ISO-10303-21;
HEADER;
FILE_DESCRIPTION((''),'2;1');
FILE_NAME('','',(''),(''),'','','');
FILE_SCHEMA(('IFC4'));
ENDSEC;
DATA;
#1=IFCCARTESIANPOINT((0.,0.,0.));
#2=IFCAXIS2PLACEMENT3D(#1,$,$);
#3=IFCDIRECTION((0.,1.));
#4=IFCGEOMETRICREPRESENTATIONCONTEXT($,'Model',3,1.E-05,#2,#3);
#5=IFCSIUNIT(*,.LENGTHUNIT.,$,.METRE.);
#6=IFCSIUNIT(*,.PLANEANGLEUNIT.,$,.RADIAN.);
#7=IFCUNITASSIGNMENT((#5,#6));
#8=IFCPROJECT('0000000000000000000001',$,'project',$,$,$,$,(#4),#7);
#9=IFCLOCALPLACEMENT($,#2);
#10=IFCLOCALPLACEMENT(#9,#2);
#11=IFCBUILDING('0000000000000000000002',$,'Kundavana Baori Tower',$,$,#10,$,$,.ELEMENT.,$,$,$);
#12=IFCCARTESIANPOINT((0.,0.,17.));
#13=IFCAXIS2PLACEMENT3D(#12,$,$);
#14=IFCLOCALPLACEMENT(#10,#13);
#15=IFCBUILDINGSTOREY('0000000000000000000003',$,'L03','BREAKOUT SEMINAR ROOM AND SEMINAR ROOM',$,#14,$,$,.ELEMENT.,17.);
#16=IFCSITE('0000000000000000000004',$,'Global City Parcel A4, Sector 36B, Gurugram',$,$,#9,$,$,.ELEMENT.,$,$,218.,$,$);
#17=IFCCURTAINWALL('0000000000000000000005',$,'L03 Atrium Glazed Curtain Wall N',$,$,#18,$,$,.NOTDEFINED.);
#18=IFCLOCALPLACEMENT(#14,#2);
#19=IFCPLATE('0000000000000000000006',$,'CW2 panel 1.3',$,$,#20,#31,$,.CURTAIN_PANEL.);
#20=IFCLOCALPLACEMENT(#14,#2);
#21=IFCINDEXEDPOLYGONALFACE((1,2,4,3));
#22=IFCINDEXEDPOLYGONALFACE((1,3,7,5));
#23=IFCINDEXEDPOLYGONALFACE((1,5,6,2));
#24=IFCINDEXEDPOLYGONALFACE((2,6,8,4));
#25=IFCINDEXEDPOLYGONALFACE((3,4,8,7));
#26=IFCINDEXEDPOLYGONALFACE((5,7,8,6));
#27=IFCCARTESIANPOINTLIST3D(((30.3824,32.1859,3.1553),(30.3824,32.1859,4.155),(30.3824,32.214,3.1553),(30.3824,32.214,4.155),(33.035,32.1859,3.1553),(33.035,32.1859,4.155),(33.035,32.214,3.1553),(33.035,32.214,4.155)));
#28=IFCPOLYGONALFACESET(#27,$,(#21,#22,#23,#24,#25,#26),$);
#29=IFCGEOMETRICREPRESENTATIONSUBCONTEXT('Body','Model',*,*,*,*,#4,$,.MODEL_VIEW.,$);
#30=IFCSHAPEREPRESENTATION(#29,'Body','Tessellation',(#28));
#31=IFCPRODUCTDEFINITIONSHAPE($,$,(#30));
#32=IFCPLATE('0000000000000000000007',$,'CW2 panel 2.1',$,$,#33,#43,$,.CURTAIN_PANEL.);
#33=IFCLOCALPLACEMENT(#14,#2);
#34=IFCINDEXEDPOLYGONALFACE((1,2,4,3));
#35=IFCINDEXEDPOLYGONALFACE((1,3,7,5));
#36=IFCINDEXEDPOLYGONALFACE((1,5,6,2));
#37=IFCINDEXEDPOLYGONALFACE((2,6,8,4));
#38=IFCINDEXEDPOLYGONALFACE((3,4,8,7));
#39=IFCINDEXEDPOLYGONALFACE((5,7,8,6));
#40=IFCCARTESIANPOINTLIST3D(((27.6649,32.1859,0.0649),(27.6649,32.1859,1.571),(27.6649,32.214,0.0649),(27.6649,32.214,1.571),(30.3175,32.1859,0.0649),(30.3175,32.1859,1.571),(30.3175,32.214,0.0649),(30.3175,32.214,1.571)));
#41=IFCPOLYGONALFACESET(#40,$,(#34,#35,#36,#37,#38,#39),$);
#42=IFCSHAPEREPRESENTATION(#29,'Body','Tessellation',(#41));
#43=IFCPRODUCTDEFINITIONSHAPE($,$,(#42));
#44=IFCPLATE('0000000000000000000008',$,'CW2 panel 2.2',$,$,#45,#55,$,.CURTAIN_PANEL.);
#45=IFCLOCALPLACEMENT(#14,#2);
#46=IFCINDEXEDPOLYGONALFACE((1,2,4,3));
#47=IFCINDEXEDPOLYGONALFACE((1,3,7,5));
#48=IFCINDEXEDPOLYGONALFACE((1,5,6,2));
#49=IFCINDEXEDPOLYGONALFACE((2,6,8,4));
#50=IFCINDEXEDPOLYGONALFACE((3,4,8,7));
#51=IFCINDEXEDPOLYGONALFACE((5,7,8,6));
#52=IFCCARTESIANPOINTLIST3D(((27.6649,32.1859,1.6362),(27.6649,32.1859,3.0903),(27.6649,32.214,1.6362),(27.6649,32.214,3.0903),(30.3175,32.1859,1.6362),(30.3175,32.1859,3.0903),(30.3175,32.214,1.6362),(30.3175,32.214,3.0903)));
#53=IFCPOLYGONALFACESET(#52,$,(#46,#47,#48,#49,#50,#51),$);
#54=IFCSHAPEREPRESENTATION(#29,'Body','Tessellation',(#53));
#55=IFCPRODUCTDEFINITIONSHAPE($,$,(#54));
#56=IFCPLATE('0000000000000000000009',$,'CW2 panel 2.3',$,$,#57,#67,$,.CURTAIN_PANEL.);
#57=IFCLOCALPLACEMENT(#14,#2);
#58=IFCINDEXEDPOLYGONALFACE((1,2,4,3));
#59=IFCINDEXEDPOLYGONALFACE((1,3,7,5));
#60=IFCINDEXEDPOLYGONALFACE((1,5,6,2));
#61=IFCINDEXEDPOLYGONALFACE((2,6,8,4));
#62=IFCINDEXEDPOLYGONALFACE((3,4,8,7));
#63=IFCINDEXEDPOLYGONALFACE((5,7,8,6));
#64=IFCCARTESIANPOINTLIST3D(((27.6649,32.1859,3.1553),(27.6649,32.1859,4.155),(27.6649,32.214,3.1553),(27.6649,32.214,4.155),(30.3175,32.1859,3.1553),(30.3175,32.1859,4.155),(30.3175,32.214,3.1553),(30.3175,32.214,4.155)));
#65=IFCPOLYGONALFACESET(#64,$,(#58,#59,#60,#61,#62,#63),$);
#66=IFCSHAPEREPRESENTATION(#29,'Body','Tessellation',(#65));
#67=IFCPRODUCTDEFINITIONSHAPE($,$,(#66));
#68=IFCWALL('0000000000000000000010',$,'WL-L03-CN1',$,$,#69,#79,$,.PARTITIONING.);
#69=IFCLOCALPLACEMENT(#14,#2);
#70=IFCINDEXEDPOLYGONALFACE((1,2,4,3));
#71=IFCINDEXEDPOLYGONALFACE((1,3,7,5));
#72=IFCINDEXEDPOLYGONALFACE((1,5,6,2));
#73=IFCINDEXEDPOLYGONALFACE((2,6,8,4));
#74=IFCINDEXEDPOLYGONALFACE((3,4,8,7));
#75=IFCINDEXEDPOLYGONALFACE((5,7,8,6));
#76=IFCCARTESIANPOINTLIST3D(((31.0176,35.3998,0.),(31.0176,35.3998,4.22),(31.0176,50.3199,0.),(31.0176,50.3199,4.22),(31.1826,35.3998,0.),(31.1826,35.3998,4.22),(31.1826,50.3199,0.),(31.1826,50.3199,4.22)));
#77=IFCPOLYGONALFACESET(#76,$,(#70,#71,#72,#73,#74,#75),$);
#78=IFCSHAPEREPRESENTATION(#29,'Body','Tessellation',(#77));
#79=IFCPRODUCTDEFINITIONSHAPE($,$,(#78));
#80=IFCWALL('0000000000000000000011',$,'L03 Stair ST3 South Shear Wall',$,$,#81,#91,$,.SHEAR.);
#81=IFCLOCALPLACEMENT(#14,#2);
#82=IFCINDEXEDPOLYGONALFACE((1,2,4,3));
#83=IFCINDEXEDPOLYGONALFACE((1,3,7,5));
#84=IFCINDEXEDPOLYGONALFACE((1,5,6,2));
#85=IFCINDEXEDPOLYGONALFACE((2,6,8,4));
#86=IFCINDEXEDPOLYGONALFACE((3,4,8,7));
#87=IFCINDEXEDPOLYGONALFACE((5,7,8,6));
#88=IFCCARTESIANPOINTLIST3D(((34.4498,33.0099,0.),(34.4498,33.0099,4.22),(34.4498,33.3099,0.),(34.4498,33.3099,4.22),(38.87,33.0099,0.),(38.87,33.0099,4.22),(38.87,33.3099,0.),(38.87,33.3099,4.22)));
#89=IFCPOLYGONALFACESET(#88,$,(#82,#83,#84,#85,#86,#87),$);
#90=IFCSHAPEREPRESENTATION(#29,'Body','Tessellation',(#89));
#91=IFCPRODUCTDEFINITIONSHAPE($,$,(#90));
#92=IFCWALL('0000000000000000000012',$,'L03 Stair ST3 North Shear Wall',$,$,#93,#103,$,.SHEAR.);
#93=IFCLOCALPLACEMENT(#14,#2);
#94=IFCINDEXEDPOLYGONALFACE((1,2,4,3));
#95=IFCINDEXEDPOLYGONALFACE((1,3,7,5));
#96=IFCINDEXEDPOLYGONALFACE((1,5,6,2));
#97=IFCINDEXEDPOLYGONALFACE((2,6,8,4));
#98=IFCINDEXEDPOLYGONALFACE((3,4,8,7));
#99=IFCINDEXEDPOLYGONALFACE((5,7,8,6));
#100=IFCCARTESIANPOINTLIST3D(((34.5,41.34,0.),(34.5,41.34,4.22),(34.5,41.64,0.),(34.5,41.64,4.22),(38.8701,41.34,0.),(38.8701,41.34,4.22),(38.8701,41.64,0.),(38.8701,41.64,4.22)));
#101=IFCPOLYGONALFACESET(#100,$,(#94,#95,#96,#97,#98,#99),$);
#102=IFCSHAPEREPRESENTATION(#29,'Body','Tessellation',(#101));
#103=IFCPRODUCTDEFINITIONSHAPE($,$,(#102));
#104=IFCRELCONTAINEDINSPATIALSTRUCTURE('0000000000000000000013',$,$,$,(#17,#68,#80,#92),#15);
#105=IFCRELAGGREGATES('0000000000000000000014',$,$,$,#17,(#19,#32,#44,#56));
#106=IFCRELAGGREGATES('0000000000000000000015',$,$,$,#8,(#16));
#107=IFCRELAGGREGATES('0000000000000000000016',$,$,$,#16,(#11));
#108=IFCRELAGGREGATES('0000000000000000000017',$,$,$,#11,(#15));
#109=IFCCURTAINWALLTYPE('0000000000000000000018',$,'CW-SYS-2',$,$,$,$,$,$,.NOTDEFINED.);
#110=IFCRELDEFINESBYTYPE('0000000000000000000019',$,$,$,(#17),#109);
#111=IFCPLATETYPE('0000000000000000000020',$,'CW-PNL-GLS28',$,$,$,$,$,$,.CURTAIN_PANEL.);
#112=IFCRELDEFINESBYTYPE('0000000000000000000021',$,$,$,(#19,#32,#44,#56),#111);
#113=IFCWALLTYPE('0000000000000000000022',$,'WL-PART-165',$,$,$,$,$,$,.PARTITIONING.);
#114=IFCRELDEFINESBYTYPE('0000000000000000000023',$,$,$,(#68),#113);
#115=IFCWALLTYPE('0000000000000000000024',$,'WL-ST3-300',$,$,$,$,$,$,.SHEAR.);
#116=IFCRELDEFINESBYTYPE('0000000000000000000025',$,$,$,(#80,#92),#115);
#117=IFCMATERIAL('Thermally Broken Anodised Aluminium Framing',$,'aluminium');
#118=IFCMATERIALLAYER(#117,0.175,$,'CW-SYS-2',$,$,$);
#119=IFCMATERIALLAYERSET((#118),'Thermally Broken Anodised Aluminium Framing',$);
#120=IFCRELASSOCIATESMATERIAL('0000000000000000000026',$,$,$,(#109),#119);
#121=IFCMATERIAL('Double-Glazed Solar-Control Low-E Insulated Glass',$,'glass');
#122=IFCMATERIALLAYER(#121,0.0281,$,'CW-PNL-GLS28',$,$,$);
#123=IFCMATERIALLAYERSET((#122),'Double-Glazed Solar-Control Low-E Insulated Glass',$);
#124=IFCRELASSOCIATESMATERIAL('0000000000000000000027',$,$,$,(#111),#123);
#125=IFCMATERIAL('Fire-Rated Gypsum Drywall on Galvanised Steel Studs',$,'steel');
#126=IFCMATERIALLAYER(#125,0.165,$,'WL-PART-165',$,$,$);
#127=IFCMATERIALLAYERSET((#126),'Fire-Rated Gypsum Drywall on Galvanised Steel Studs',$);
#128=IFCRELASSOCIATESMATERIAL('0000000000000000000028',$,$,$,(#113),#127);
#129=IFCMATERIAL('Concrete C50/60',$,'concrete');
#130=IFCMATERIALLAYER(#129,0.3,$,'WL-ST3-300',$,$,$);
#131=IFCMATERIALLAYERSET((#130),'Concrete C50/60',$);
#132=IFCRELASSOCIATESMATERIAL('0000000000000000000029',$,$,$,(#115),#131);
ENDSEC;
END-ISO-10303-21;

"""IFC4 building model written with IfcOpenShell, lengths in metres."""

from ifc_helpers import new_model, si_unit, direction, frame, frame_2d, origin, origin_2d, place, context, subcontext, project, spatial, rectangle, extrude, material, layer, layer_set, type_object, element, aggregate, save


model = new_model("IFC4")

# Units and contexts
model_context = context("Model", 3, precision=1e-05, world=origin(), true_north=direction((0.0, 1.0)))
body_context = subcontext(model_context, "Body", "Model", "MODEL_VIEW")
ifc_project = project(units=[si_unit("LENGTHUNIT", "METRE"), si_unit("PLANEANGLEUNIT", "RADIAN")], contexts=[model_context])

# Site, building, storey
site_placement = place(None, origin())
site = spatial("IfcSite", under=ifc_project, at=site_placement, Name="Global City Parcel A4, Sector 36B, Gurugram", CompositionType="ELEMENT", RefElevation=218.0)
building_placement = place(site_placement, origin())
building = spatial("IfcBuilding", under=site, at=building_placement, Name="Kundavana Baori Tower", CompositionType="ELEMENT")
storey_placement = place(building_placement, frame((0.0, 0.0, 17.0)))
storey = spatial("IfcBuildingStorey", under=building, at=storey_placement, Name="L03", Description="BREAKOUT SEMINAR ROOM AND SEMINAR ROOM", CompositionType="ELEMENT", Elevation=17.0)

# Curtain wall
ifc_material_1 = material(Name="Thermally Broken Anodised Aluminium Framing", Category="aluminium")
ifc_layer_1 = layer(ifc_material_1, 0.175, Name="CW-SYS-2")
ifc_layer_set_1 = layer_set([ifc_layer_1], Name="Thermally Broken Anodised Aluminium Framing")
curtain_wall_type = type_object("IfcCurtainWallType", Name="CW-SYS-2", PredefinedType="NOTDEFINED", material=ifc_layer_set_1)
curtain_wall_1_placement = place(storey_placement, origin())
curtain_wall_1 = element("IfcCurtainWall", 1, at=curtain_wall_1_placement, inside=storey, type_object=curtain_wall_type, Name="L03 Atrium Glazed Curtain Wall N", PredefinedType="NOTDEFINED")

# Plates
ifc_material_2 = material(Name="Double-Glazed Solar-Control Low-E Insulated Glass", Category="glass")
ifc_layer_2 = layer(ifc_material_2, 0.0281, Name="CW-PNL-GLS28")
ifc_layer_set_2 = layer_set([ifc_layer_2], Name="Double-Glazed Solar-Control Low-E Insulated Glass")
plate_type = type_object("IfcPlateType", Name="CW-PNL-GLS28", PredefinedType="CURTAIN_PANEL", material=ifc_layer_set_2)
plate_1_placement = place(storey_placement, frame((31.7087, 32.2, 3.1553), z_axis=(0.0, 0.0, 1.0), x_axis=(-1.0, 0.0, 0.0)))
plate_1 = element("IfcPlate", 2, at=plate_1_placement, type_object=plate_type, Name="CW2 panel 1.3", PredefinedType="CURTAIN_PANEL", context=body_context, shape_type="SweptSolid", body=[
    extrude(rectangle(XDim=2.6526, YDim=0.0281, at=origin_2d()), origin(), (0.0, 0.0, 1.0), 0.9998),
])
plate_2_placement = place(storey_placement, frame((28.9912, 32.2, 0.0649), z_axis=(0.0, 0.0, 1.0), x_axis=(-1.0, 0.0, 0.0)))
plate_2 = element("IfcPlate", 3, at=plate_2_placement, type_object=plate_type, Name="CW2 panel 2.1", PredefinedType="CURTAIN_PANEL", context=body_context, shape_type="SweptSolid", body=[
    extrude(rectangle(XDim=2.6526, YDim=0.0281, at=origin_2d()), origin(), (0.0, 0.0, 1.0), 1.5061),
])
plate_3_placement = place(storey_placement, frame((28.9912, 32.2, 1.6362), z_axis=(0.0, 0.0, 1.0), x_axis=(-1.0, 0.0, 0.0)))
plate_3 = element("IfcPlate", 4, at=plate_3_placement, type_object=plate_type, Name="CW2 panel 2.2", PredefinedType="CURTAIN_PANEL", context=body_context, shape_type="SweptSolid", body=[
    extrude(rectangle(XDim=2.6526, YDim=0.0281, at=origin_2d()), origin(), (0.0, 0.0, 1.0), 1.4541),
])
plate_4_placement = place(storey_placement, frame((28.9912, 32.2, 3.1553), z_axis=(0.0, 0.0, 1.0), x_axis=(-1.0, 0.0, 0.0)))
plate_4 = element("IfcPlate", 5, at=plate_4_placement, type_object=plate_type, Name="CW2 panel 2.3", PredefinedType="CURTAIN_PANEL", context=body_context, shape_type="SweptSolid", body=[
    extrude(rectangle(XDim=2.6526, YDim=0.0281, at=origin_2d()), origin(), (0.0, 0.0, 1.0), 0.9998),
])
aggregate(curtain_wall_1, [plate_1, plate_2, plate_3, plate_4])

# Walls
ifc_material_3 = material(Name="Fire-Rated Gypsum Drywall on Galvanised Steel Studs", Category="steel")
ifc_layer_3 = layer(ifc_material_3, 0.165, Name="WL-PART-165")
ifc_layer_set_3 = layer_set([ifc_layer_3], Name="Fire-Rated Gypsum Drywall on Galvanised Steel Studs")
wall_type_1 = type_object("IfcWallType", Name="WL-PART-165", PredefinedType="PARTITIONING", material=ifc_layer_set_3)
wall_1_placement = place(storey_placement, frame((31.1001, 35.3999, 0.0), z_axis=(0.0, 0.0, 1.0), x_axis=(0.0, 1.0, 0.0)))
element("IfcWall", 6, at=wall_1_placement, inside=storey, type_object=wall_type_1, Name="WL-L03-CN1", PredefinedType="PARTITIONING", context=body_context, shape_type="SweptSolid", body=[
    extrude(rectangle(XDim=14.9202, YDim=0.165, at=frame_2d((7.46, 0.0))), origin(), (0.0, 0.0, 1.0), 4.22),
])
ifc_material_4 = material(Name="Concrete C50/60", Category="concrete")
ifc_layer_4 = layer(ifc_material_4, 0.3, Name="WL-ST3-300")
ifc_layer_set_4 = layer_set([ifc_layer_4], Name="Concrete C50/60")
wall_type_2 = type_object("IfcWallType", Name="WL-ST3-300", PredefinedType="SHEAR", material=ifc_layer_set_4)
wall_2_placement = place(storey_placement, frame((34.45, 33.1599, 0.0), z_axis=(0.0, 0.0, 1.0), x_axis=(1.0, 0.0, 0.0)))
element("IfcWall", 7, at=wall_2_placement, inside=storey, type_object=wall_type_2, Name="L03 Stair ST3 South Shear Wall", PredefinedType="SHEAR", context=body_context, shape_type="SweptSolid", body=[
    extrude(rectangle(XDim=4.4202, YDim=0.3, at=frame_2d((2.21, 0.0))), origin(), (0.0, 0.0, 1.0), 4.22),
])
wall_3_placement = place(storey_placement, frame((34.5, 41.49, 0.0), z_axis=(0.0, 0.0, 1.0), x_axis=(1.0, 0.0, 0.0)))
element("IfcWall", 8, at=wall_3_placement, inside=storey, type_object=wall_type_2, Name="L03 Stair ST3 North Shear Wall", PredefinedType="SHEAR", context=body_context, shape_type="SweptSolid", body=[
    extrude(rectangle(XDim=4.3701, YDim=0.3, at=frame_2d((2.1851, 0.0))), origin(), (0.0, 0.0, 1.0), 4.22),
])

save(model, "model.ifc")
